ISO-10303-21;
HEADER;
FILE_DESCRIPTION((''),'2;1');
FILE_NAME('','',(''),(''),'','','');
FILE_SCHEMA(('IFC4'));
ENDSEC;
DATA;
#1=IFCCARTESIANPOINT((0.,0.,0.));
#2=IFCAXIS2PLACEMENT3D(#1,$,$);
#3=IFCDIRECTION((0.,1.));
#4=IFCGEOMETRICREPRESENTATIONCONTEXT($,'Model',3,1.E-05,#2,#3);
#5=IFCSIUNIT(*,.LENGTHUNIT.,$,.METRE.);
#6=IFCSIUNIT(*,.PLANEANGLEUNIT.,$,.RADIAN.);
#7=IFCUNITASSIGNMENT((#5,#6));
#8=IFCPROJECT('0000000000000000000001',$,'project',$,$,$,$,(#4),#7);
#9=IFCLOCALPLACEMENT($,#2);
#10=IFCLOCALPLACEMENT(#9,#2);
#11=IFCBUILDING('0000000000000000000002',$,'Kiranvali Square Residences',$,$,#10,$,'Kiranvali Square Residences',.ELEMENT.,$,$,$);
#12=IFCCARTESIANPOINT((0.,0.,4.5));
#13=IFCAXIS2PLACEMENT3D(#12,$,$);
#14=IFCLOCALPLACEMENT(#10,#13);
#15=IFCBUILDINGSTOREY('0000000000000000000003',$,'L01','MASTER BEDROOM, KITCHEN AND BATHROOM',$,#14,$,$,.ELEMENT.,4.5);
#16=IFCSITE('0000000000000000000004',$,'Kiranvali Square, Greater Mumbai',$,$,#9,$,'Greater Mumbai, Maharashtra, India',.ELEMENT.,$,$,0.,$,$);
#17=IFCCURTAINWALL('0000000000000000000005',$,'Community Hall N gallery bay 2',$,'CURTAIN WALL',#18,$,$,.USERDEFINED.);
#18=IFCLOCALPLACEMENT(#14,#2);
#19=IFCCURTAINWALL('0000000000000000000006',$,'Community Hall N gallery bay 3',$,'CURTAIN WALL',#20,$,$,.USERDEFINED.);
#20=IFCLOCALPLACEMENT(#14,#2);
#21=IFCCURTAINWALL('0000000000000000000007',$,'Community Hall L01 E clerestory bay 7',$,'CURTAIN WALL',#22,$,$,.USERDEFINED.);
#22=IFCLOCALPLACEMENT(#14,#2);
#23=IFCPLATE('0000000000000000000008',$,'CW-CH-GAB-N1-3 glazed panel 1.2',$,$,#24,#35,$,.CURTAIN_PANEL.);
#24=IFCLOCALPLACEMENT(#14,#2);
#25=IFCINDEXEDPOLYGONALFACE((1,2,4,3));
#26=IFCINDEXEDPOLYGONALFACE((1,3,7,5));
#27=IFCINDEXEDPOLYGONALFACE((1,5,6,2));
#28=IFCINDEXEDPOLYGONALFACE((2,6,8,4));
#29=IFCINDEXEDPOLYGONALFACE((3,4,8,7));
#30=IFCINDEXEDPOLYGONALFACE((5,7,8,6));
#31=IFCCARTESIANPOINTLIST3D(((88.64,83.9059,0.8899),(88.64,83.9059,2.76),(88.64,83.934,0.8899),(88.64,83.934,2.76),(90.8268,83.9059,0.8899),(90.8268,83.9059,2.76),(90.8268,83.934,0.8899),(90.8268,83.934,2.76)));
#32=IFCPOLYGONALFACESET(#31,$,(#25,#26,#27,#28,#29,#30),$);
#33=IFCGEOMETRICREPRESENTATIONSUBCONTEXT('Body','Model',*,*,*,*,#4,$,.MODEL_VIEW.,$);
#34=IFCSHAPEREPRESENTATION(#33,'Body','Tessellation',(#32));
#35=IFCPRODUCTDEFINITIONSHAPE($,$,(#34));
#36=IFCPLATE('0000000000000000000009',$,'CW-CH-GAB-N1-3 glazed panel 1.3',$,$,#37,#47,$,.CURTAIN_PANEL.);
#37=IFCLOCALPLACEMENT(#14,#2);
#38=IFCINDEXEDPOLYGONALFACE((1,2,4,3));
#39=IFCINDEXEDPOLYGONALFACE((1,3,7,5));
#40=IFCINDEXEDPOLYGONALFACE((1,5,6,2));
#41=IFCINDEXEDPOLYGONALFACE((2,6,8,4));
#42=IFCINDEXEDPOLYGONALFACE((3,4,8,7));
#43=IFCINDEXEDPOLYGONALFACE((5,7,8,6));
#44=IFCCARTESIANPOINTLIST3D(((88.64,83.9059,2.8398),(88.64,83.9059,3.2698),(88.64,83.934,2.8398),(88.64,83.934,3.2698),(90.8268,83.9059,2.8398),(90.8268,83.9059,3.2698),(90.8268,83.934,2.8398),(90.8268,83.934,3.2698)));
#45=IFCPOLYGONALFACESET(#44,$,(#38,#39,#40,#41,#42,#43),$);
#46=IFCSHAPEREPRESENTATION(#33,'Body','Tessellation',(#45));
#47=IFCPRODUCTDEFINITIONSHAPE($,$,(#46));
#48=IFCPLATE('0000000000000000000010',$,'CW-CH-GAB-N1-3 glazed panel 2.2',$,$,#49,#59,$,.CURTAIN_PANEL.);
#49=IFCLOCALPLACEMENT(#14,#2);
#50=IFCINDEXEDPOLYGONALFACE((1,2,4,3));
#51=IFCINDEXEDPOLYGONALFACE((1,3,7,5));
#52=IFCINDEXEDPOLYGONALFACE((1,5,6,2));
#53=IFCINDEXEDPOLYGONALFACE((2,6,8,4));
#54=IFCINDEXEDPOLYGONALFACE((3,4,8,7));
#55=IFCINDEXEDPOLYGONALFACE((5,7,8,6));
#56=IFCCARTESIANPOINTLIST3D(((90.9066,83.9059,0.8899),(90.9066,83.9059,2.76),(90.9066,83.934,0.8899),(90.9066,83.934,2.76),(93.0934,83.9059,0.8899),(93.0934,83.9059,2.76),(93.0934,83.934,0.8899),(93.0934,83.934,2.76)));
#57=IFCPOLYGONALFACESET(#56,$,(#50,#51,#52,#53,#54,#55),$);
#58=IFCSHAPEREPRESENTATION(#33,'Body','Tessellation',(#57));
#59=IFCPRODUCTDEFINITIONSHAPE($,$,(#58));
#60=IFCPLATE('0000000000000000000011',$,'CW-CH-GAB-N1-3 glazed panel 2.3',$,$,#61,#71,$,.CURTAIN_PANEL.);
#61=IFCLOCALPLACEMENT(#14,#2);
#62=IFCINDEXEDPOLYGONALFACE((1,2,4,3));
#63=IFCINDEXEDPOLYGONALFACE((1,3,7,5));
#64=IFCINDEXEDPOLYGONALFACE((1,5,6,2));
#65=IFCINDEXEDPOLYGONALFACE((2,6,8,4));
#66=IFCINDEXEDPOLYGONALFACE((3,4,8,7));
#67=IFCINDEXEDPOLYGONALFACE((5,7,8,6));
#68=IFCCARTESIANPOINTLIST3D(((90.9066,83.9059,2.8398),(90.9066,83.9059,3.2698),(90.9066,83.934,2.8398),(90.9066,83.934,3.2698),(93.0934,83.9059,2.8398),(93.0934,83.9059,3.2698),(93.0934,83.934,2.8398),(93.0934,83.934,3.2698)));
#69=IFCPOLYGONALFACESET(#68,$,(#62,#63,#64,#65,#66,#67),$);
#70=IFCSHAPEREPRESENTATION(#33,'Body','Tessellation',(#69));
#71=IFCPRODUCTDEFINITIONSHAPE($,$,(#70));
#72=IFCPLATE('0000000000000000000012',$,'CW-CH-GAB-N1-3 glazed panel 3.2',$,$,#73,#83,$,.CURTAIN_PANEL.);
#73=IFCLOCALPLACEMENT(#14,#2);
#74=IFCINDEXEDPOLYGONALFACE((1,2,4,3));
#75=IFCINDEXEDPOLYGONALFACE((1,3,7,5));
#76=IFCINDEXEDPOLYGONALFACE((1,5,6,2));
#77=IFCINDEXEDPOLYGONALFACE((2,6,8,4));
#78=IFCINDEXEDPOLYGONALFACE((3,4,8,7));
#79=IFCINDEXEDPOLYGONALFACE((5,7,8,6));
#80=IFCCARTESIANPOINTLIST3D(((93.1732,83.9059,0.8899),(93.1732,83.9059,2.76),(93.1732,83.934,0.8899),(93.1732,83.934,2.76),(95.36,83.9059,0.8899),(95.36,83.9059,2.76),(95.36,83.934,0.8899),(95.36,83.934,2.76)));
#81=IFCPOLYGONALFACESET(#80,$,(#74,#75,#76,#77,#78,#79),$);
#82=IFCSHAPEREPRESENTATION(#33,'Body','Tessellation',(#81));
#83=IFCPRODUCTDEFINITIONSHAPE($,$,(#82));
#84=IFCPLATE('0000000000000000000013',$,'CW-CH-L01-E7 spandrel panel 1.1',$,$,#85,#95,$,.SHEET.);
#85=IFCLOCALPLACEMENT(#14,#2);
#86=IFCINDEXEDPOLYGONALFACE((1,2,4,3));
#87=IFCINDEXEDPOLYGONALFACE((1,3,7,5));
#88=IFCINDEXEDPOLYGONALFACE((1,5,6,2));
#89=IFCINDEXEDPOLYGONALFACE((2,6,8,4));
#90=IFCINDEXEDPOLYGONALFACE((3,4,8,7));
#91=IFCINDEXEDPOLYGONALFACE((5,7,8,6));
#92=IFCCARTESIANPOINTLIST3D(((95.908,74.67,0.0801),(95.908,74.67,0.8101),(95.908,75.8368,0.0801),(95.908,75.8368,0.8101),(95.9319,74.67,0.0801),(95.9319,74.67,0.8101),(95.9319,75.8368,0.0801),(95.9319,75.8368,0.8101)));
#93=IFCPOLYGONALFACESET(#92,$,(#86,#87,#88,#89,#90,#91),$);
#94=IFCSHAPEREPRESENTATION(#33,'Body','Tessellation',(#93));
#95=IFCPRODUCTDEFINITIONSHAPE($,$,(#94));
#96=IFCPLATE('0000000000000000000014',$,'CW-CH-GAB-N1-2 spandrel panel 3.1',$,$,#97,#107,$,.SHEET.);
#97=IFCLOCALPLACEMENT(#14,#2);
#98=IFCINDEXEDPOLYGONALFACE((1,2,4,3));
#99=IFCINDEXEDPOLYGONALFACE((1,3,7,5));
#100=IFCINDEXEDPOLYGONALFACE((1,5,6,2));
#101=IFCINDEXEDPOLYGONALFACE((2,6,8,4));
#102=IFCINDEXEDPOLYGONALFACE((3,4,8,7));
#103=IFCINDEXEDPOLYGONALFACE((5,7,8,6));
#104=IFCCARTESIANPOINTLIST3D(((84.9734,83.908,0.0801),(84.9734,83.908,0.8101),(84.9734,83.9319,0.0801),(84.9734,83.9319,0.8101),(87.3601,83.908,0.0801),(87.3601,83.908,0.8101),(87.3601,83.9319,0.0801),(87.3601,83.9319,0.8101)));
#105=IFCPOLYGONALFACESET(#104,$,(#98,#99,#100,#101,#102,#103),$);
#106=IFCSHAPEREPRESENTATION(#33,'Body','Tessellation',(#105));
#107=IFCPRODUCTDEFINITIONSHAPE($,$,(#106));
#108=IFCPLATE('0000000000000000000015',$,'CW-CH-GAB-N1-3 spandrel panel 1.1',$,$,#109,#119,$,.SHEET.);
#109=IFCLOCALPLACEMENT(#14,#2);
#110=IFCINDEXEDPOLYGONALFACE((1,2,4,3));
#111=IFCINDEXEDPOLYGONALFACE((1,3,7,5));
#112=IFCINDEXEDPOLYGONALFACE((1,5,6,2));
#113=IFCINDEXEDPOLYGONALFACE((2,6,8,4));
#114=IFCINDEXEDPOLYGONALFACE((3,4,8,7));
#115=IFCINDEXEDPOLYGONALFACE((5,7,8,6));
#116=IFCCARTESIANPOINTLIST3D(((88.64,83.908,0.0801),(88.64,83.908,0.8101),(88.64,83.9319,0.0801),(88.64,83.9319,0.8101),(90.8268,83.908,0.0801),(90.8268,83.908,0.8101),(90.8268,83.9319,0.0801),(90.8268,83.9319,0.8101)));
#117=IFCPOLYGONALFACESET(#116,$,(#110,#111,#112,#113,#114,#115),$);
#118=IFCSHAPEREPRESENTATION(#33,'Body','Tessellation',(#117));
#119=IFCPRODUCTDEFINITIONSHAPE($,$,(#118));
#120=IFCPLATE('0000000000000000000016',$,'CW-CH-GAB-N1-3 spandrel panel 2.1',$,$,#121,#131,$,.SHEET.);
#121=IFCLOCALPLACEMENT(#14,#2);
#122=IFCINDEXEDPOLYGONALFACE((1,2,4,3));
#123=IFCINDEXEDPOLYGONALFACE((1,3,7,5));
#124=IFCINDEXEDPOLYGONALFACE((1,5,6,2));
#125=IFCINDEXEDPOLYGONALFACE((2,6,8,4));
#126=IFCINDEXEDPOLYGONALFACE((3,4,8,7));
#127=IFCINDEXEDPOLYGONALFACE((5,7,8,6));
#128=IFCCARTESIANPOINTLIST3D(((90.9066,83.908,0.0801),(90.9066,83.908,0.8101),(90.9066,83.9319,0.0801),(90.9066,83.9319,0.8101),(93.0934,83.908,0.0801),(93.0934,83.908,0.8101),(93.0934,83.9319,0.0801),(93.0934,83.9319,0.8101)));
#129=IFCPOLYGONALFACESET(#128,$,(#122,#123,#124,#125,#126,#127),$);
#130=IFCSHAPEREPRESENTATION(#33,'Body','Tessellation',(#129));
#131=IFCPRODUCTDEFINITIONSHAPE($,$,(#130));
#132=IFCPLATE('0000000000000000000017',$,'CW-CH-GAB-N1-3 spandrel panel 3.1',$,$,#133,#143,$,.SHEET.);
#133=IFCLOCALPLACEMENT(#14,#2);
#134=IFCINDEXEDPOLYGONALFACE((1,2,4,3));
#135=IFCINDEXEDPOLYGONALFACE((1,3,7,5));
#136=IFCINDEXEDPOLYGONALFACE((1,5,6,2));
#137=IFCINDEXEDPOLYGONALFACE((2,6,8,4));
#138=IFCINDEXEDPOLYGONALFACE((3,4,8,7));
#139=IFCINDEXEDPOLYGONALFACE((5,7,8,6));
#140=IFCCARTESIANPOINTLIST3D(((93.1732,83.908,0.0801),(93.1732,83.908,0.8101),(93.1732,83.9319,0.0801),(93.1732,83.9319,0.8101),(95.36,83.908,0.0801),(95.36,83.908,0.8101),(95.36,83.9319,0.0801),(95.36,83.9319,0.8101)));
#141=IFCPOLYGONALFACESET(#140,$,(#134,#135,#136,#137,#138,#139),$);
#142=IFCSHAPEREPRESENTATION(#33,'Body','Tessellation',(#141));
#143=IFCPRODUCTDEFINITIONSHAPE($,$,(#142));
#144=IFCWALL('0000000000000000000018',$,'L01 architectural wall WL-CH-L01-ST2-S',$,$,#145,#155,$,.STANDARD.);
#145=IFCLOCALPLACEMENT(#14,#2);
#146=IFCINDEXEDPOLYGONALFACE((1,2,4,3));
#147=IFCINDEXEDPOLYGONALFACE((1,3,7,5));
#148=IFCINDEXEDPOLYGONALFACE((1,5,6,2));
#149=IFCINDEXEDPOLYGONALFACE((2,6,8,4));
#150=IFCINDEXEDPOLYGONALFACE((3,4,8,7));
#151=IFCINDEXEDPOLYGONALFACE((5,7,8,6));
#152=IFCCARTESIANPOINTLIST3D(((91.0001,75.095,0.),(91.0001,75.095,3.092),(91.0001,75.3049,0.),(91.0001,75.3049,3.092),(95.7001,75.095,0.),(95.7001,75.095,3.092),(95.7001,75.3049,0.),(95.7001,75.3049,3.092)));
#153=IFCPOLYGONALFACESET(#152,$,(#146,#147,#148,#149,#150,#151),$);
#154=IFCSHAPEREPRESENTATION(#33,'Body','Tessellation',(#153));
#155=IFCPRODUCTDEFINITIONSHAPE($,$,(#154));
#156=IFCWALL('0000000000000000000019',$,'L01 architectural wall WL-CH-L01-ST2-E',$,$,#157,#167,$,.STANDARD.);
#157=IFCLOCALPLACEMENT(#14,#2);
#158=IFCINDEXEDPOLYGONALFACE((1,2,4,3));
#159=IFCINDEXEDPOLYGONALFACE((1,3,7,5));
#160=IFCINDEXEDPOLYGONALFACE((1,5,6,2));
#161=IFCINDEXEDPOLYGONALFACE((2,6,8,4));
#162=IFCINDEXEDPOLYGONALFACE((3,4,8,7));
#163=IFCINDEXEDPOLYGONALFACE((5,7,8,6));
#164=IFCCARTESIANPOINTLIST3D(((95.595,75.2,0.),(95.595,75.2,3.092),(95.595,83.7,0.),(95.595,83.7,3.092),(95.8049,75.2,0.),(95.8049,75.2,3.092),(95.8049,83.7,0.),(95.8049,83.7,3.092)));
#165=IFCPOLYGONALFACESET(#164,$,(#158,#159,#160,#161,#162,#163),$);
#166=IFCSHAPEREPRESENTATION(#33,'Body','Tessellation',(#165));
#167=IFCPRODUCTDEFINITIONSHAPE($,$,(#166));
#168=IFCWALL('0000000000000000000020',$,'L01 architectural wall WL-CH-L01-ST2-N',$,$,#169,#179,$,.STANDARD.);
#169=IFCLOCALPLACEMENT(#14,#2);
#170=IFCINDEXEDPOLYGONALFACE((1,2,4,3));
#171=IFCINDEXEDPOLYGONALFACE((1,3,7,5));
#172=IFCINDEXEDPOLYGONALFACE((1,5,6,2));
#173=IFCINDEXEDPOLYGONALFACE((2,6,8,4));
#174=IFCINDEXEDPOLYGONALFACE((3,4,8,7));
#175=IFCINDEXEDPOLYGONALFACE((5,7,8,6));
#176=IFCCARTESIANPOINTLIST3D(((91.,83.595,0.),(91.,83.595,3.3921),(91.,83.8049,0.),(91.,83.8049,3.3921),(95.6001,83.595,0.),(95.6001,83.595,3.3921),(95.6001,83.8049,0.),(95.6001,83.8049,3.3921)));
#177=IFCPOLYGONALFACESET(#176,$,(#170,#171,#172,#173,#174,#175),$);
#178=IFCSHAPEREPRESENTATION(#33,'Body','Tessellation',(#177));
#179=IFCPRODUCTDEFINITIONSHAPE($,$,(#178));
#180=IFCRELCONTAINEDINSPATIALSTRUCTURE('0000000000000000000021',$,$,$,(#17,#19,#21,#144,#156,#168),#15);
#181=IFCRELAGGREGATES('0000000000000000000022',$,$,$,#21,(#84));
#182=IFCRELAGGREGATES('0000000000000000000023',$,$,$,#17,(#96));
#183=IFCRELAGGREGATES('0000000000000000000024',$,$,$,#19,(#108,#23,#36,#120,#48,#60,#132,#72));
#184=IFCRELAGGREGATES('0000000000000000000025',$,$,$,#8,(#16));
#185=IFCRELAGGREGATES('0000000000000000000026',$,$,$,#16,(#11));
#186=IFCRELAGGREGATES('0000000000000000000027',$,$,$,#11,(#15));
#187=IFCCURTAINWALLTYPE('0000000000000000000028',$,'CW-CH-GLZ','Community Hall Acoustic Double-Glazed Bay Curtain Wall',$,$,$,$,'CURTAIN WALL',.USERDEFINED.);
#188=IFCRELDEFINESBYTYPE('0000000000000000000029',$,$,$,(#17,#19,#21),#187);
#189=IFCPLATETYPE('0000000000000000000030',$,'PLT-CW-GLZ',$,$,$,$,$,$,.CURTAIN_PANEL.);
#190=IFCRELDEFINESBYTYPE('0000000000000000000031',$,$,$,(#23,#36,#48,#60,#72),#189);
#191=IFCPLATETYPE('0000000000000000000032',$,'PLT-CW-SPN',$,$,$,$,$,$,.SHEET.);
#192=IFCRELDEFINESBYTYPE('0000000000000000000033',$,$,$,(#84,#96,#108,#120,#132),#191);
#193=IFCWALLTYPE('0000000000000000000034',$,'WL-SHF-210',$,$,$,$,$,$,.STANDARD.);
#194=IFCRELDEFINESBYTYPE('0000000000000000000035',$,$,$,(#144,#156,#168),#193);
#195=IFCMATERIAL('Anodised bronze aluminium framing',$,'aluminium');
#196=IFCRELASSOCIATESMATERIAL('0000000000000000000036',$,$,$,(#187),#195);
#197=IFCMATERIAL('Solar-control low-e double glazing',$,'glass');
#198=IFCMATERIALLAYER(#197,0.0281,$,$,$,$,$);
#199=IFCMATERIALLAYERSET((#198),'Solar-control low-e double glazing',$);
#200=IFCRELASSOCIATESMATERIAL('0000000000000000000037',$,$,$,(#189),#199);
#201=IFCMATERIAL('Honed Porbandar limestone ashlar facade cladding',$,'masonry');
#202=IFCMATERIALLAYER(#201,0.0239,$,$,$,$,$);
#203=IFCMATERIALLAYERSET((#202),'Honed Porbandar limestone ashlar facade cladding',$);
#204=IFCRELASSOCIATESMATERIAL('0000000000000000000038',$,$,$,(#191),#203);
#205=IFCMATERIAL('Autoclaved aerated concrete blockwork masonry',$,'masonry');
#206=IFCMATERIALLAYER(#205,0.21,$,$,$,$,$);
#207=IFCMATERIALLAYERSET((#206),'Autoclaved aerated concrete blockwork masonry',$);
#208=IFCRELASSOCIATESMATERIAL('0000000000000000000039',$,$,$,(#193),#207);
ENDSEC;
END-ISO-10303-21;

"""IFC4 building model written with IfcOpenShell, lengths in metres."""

from ifc_helpers import new_model, si_unit, direction, frame, frame_2d, origin, origin_2d, place, context, subcontext, project, spatial, rectangle, extrude, material, layer, layer_set, type_object, element, aggregate, save


model = new_model("IFC4")

# Units and contexts
model_context = context("Model", 3, precision=1e-05, world=origin(), true_north=direction((0.0, 1.0)))
body_context = subcontext(model_context, "Body", "Model", "MODEL_VIEW")
ifc_project = project(units=[si_unit("LENGTHUNIT", "METRE"), si_unit("PLANEANGLEUNIT", "RADIAN")], contexts=[model_context])

# Site, building, storey
site_placement = place(None, origin())
site = spatial("IfcSite", under=ifc_project, at=site_placement, Name="Kiranvali Square, Greater Mumbai", LongName="Greater Mumbai, Maharashtra, India", CompositionType="ELEMENT", RefElevation=0.0)
building_placement = place(site_placement, origin())
building = spatial("IfcBuilding", under=site, at=building_placement, Name="Kiranvali Square Residences", LongName="Kiranvali Square Residences", CompositionType="ELEMENT")
storey_placement = place(building_placement, frame((0.0, 0.0, 4.5)))
storey = spatial("IfcBuildingStorey", under=building, at=storey_placement, Name="L01", Description="MASTER BEDROOM, KITCHEN AND BATHROOM", CompositionType="ELEMENT", Elevation=4.5)

# Curtain wall
ifc_material_1 = material(Name="Anodised bronze aluminium framing", Category="aluminium")
curtain_wall_type = type_object("IfcCurtainWallType", Name="CW-CH-GLZ", Description="Community Hall Acoustic Double-Glazed Bay Curtain Wall", ElementType="CURTAIN WALL", PredefinedType="USERDEFINED", material=ifc_material_1)
curtain_wall_1_placement = place(storey_placement, origin())
curtain_wall_1 = element("IfcCurtainWall", 1, at=curtain_wall_1_placement, inside=storey, type_object=curtain_wall_type, Name="Community Hall N gallery bay 2", ObjectType="CURTAIN WALL", PredefinedType="USERDEFINED")

# Curtain walls
curtain_wall_2_placement = place(storey_placement, origin())
curtain_wall_2 = element("IfcCurtainWall", 2, at=curtain_wall_2_placement, inside=storey, type_object=curtain_wall_type, Name="Community Hall N gallery bay 3", ObjectType="CURTAIN WALL", PredefinedType="USERDEFINED")
curtain_wall_3_placement = place(storey_placement, origin())
curtain_wall_3 = element("IfcCurtainWall", 3, at=curtain_wall_3_placement, inside=storey, type_object=curtain_wall_type, Name="Community Hall L01 E clerestory bay 7", ObjectType="CURTAIN WALL", PredefinedType="USERDEFINED")

# Plates
ifc_material_2 = material(Name="Solar-control low-e double glazing", Category="glass")
ifc_layer_1 = layer(ifc_material_2, 0.0281)
ifc_layer_set_1 = layer_set([ifc_layer_1], Name="Solar-control low-e double glazing")
plate_type_1 = type_object("IfcPlateType", Name="PLT-CW-GLZ", PredefinedType="CURTAIN_PANEL", material=ifc_layer_set_1)
plate_1_placement = place(storey_placement, frame((89.7334, 83.9199, 0.8899), z_axis=(0.0, 0.0, 1.0), x_axis=(1.0, 0.0, 0.0)))
plate_1 = element("IfcPlate", 4, at=plate_1_placement, type_object=plate_type_1, Name="CW-CH-GAB-N1-3 glazed panel 1.2", PredefinedType="CURTAIN_PANEL", context=body_context, shape_type="SweptSolid", body=[
    extrude(rectangle(XDim=2.1868, YDim=0.0281, at=origin_2d()), origin(), (0.0, 0.0, 1.0), 1.8701),
])
plate_2_placement = place(storey_placement, frame((89.7334, 83.9199, 2.8398), z_axis=(0.0, 0.0, 1.0), x_axis=(1.0, 0.0, 0.0)))
plate_2 = element("IfcPlate", 5, at=plate_2_placement, type_object=plate_type_1, Name="CW-CH-GAB-N1-3 glazed panel 1.3", PredefinedType="CURTAIN_PANEL", context=body_context, shape_type="SweptSolid", body=[
    extrude(rectangle(XDim=2.1868, YDim=0.0281, at=origin_2d()), origin(), (0.0, 0.0, 1.0), 0.4299),
])
plate_3_placement = place(storey_placement, frame((92.0, 83.9199, 0.8899), z_axis=(0.0, 0.0, 1.0), x_axis=(1.0, 0.0, 0.0)))
plate_3 = element("IfcPlate", 6, at=plate_3_placement, type_object=plate_type_1, Name="CW-CH-GAB-N1-3 glazed panel 2.2", PredefinedType="CURTAIN_PANEL", context=body_context, shape_type="SweptSolid", body=[
    extrude(rectangle(XDim=2.1868, YDim=0.0281, at=origin_2d()), origin(), (0.0, 0.0, 1.0), 1.8701),
])
plate_4_placement = place(storey_placement, frame((92.0, 83.9199, 2.8398), z_axis=(0.0, 0.0, 1.0), x_axis=(1.0, 0.0, 0.0)))
plate_4 = element("IfcPlate", 7, at=plate_4_placement, type_object=plate_type_1, Name="CW-CH-GAB-N1-3 glazed panel 2.3", PredefinedType="CURTAIN_PANEL", context=body_context, shape_type="SweptSolid", body=[
    extrude(rectangle(XDim=2.1868, YDim=0.0281, at=origin_2d()), origin(), (0.0, 0.0, 1.0), 0.4299),
])
plate_5_placement = place(storey_placement, frame((94.2666, 83.9199, 0.8899), z_axis=(0.0, 0.0, 1.0), x_axis=(1.0, 0.0, 0.0)))
plate_5 = element("IfcPlate", 8, at=plate_5_placement, type_object=plate_type_1, Name="CW-CH-GAB-N1-3 glazed panel 3.2", PredefinedType="CURTAIN_PANEL", context=body_context, shape_type="SweptSolid", body=[
    extrude(rectangle(XDim=2.1868, YDim=0.0281, at=origin_2d()), origin(), (0.0, 0.0, 1.0), 1.8701),
])
ifc_material_3 = material(Name="Honed Porbandar limestone ashlar facade cladding", Category="masonry")
ifc_layer_2 = layer(ifc_material_3, 0.0239)
ifc_layer_set_2 = layer_set([ifc_layer_2], Name="Honed Porbandar limestone ashlar facade cladding")
plate_type_2 = type_object("IfcPlateType", Name="PLT-CW-SPN", PredefinedType="SHEET", material=ifc_layer_set_2)
plate_6_placement = place(storey_placement, frame((95.9199, 75.2534, 0.0801), z_axis=(0.0, 0.0, 1.0), x_axis=(0.0, 1.0, 0.0)))
plate_6 = element("IfcPlate", 9, at=plate_6_placement, type_object=plate_type_2, Name="CW-CH-L01-E7 spandrel panel 1.1", PredefinedType="SHEET", context=body_context, shape_type="SweptSolid", body=[
    extrude(rectangle(XDim=1.1667, YDim=0.0239, at=origin_2d()), origin(), (0.0, 0.0, 1.0), 0.73),
])
aggregate(curtain_wall_3, [plate_6])
plate_7_placement = place(storey_placement, frame((86.1667, 83.9199, 0.0801), z_axis=(0.0, 0.0, 1.0), x_axis=(1.0, 0.0, 0.0)))
plate_7 = element("IfcPlate", 10, at=plate_7_placement, type_object=plate_type_2, Name="CW-CH-GAB-N1-2 spandrel panel 3.1", PredefinedType="SHEET", context=body_context, shape_type="SweptSolid", body=[
    extrude(rectangle(XDim=2.3867, YDim=0.0239, at=origin_2d()), origin(), (0.0, 0.0, 1.0), 0.73),
])
aggregate(curtain_wall_1, [plate_7])
plate_8_placement = place(storey_placement, frame((89.7334, 83.9199, 0.0801), z_axis=(0.0, 0.0, 1.0), x_axis=(1.0, 0.0, 0.0)))
plate_8 = element("IfcPlate", 11, at=plate_8_placement, type_object=plate_type_2, Name="CW-CH-GAB-N1-3 spandrel panel 1.1", PredefinedType="SHEET", context=body_context, shape_type="SweptSolid", body=[
    extrude(rectangle(XDim=2.1868, YDim=0.0239, at=origin_2d()), origin(), (0.0, 0.0, 1.0), 0.73),
])
plate_9_placement = place(storey_placement, frame((92.0, 83.9199, 0.0801), z_axis=(0.0, 0.0, 1.0), x_axis=(1.0, 0.0, 0.0)))
plate_9 = element("IfcPlate", 12, at=plate_9_placement, type_object=plate_type_2, Name="CW-CH-GAB-N1-3 spandrel panel 2.1", PredefinedType="SHEET", context=body_context, shape_type="SweptSolid", body=[
    extrude(rectangle(XDim=2.1868, YDim=0.0239, at=origin_2d()), origin(), (0.0, 0.0, 1.0), 0.73),
])
plate_10_placement = place(storey_placement, frame((94.2666, 83.9199, 0.0801), z_axis=(0.0, 0.0, 1.0), x_axis=(1.0, 0.0, 0.0)))
plate_10 = element("IfcPlate", 13, at=plate_10_placement, type_object=plate_type_2, Name="CW-CH-GAB-N1-3 spandrel panel 3.1", PredefinedType="SHEET", context=body_context, shape_type="SweptSolid", body=[
    extrude(rectangle(XDim=2.1868, YDim=0.0239, at=origin_2d()), origin(), (0.0, 0.0, 1.0), 0.73),
])
aggregate(curtain_wall_2, [plate_8, plate_1, plate_2, plate_9, plate_3, plate_4, plate_10, plate_5])

# Walls
ifc_material_4 = material(Name="Autoclaved aerated concrete blockwork masonry", Category="masonry")
ifc_layer_3 = layer(ifc_material_4, 0.21)
ifc_layer_set_3 = layer_set([ifc_layer_3], Name="Autoclaved aerated concrete blockwork masonry")
wall_type = type_object("IfcWallType", Name="WL-SHF-210", PredefinedType="STANDARD", material=ifc_layer_set_3)
wall_1_placement = place(storey_placement, frame((91.0, 75.2, 0.0), z_axis=(0.0, 0.0, 1.0), x_axis=(1.0, 0.0, 0.0)))
element("IfcWall", 14, at=wall_1_placement, inside=storey, type_object=wall_type, Name="L01 architectural wall WL-CH-L01-ST2-S", PredefinedType="STANDARD", context=body_context, shape_type="SweptSolid", body=[
    extrude(rectangle(XDim=4.7, YDim=0.21, at=frame_2d((2.3501, 0.0))), origin(), (0.0, 0.0, 1.0), 3.092),
])
wall_2_placement = place(storey_placement, frame((95.7, 75.2, 0.0), z_axis=(0.0, 0.0, 1.0), x_axis=(0.0, 1.0, 0.0)))
element("IfcWall", 15, at=wall_2_placement, inside=storey, type_object=wall_type, Name="L01 architectural wall WL-CH-L01-ST2-E", PredefinedType="STANDARD", context=body_context, shape_type="SweptSolid", body=[
    extrude(rectangle(XDim=8.5, YDim=0.21, at=frame_2d((4.25, 0.0))), origin(), (0.0, 0.0, 1.0), 3.092),
])
wall_3_placement = place(storey_placement, frame((91.0, 83.7, 0.0), z_axis=(0.0, 0.0, 1.0), x_axis=(1.0, 0.0, 0.0)))
element("IfcWall", 16, at=wall_3_placement, inside=storey, type_object=wall_type, Name="L01 architectural wall WL-CH-L01-ST2-N", PredefinedType="STANDARD", context=body_context, shape_type="SweptSolid", body=[
    extrude(rectangle(XDim=4.6001, YDim=0.21, at=frame_2d((2.3, 0.0))), origin(), (0.0, 0.0, 1.0), 3.3921),
])

save(model, "model.ifc")
